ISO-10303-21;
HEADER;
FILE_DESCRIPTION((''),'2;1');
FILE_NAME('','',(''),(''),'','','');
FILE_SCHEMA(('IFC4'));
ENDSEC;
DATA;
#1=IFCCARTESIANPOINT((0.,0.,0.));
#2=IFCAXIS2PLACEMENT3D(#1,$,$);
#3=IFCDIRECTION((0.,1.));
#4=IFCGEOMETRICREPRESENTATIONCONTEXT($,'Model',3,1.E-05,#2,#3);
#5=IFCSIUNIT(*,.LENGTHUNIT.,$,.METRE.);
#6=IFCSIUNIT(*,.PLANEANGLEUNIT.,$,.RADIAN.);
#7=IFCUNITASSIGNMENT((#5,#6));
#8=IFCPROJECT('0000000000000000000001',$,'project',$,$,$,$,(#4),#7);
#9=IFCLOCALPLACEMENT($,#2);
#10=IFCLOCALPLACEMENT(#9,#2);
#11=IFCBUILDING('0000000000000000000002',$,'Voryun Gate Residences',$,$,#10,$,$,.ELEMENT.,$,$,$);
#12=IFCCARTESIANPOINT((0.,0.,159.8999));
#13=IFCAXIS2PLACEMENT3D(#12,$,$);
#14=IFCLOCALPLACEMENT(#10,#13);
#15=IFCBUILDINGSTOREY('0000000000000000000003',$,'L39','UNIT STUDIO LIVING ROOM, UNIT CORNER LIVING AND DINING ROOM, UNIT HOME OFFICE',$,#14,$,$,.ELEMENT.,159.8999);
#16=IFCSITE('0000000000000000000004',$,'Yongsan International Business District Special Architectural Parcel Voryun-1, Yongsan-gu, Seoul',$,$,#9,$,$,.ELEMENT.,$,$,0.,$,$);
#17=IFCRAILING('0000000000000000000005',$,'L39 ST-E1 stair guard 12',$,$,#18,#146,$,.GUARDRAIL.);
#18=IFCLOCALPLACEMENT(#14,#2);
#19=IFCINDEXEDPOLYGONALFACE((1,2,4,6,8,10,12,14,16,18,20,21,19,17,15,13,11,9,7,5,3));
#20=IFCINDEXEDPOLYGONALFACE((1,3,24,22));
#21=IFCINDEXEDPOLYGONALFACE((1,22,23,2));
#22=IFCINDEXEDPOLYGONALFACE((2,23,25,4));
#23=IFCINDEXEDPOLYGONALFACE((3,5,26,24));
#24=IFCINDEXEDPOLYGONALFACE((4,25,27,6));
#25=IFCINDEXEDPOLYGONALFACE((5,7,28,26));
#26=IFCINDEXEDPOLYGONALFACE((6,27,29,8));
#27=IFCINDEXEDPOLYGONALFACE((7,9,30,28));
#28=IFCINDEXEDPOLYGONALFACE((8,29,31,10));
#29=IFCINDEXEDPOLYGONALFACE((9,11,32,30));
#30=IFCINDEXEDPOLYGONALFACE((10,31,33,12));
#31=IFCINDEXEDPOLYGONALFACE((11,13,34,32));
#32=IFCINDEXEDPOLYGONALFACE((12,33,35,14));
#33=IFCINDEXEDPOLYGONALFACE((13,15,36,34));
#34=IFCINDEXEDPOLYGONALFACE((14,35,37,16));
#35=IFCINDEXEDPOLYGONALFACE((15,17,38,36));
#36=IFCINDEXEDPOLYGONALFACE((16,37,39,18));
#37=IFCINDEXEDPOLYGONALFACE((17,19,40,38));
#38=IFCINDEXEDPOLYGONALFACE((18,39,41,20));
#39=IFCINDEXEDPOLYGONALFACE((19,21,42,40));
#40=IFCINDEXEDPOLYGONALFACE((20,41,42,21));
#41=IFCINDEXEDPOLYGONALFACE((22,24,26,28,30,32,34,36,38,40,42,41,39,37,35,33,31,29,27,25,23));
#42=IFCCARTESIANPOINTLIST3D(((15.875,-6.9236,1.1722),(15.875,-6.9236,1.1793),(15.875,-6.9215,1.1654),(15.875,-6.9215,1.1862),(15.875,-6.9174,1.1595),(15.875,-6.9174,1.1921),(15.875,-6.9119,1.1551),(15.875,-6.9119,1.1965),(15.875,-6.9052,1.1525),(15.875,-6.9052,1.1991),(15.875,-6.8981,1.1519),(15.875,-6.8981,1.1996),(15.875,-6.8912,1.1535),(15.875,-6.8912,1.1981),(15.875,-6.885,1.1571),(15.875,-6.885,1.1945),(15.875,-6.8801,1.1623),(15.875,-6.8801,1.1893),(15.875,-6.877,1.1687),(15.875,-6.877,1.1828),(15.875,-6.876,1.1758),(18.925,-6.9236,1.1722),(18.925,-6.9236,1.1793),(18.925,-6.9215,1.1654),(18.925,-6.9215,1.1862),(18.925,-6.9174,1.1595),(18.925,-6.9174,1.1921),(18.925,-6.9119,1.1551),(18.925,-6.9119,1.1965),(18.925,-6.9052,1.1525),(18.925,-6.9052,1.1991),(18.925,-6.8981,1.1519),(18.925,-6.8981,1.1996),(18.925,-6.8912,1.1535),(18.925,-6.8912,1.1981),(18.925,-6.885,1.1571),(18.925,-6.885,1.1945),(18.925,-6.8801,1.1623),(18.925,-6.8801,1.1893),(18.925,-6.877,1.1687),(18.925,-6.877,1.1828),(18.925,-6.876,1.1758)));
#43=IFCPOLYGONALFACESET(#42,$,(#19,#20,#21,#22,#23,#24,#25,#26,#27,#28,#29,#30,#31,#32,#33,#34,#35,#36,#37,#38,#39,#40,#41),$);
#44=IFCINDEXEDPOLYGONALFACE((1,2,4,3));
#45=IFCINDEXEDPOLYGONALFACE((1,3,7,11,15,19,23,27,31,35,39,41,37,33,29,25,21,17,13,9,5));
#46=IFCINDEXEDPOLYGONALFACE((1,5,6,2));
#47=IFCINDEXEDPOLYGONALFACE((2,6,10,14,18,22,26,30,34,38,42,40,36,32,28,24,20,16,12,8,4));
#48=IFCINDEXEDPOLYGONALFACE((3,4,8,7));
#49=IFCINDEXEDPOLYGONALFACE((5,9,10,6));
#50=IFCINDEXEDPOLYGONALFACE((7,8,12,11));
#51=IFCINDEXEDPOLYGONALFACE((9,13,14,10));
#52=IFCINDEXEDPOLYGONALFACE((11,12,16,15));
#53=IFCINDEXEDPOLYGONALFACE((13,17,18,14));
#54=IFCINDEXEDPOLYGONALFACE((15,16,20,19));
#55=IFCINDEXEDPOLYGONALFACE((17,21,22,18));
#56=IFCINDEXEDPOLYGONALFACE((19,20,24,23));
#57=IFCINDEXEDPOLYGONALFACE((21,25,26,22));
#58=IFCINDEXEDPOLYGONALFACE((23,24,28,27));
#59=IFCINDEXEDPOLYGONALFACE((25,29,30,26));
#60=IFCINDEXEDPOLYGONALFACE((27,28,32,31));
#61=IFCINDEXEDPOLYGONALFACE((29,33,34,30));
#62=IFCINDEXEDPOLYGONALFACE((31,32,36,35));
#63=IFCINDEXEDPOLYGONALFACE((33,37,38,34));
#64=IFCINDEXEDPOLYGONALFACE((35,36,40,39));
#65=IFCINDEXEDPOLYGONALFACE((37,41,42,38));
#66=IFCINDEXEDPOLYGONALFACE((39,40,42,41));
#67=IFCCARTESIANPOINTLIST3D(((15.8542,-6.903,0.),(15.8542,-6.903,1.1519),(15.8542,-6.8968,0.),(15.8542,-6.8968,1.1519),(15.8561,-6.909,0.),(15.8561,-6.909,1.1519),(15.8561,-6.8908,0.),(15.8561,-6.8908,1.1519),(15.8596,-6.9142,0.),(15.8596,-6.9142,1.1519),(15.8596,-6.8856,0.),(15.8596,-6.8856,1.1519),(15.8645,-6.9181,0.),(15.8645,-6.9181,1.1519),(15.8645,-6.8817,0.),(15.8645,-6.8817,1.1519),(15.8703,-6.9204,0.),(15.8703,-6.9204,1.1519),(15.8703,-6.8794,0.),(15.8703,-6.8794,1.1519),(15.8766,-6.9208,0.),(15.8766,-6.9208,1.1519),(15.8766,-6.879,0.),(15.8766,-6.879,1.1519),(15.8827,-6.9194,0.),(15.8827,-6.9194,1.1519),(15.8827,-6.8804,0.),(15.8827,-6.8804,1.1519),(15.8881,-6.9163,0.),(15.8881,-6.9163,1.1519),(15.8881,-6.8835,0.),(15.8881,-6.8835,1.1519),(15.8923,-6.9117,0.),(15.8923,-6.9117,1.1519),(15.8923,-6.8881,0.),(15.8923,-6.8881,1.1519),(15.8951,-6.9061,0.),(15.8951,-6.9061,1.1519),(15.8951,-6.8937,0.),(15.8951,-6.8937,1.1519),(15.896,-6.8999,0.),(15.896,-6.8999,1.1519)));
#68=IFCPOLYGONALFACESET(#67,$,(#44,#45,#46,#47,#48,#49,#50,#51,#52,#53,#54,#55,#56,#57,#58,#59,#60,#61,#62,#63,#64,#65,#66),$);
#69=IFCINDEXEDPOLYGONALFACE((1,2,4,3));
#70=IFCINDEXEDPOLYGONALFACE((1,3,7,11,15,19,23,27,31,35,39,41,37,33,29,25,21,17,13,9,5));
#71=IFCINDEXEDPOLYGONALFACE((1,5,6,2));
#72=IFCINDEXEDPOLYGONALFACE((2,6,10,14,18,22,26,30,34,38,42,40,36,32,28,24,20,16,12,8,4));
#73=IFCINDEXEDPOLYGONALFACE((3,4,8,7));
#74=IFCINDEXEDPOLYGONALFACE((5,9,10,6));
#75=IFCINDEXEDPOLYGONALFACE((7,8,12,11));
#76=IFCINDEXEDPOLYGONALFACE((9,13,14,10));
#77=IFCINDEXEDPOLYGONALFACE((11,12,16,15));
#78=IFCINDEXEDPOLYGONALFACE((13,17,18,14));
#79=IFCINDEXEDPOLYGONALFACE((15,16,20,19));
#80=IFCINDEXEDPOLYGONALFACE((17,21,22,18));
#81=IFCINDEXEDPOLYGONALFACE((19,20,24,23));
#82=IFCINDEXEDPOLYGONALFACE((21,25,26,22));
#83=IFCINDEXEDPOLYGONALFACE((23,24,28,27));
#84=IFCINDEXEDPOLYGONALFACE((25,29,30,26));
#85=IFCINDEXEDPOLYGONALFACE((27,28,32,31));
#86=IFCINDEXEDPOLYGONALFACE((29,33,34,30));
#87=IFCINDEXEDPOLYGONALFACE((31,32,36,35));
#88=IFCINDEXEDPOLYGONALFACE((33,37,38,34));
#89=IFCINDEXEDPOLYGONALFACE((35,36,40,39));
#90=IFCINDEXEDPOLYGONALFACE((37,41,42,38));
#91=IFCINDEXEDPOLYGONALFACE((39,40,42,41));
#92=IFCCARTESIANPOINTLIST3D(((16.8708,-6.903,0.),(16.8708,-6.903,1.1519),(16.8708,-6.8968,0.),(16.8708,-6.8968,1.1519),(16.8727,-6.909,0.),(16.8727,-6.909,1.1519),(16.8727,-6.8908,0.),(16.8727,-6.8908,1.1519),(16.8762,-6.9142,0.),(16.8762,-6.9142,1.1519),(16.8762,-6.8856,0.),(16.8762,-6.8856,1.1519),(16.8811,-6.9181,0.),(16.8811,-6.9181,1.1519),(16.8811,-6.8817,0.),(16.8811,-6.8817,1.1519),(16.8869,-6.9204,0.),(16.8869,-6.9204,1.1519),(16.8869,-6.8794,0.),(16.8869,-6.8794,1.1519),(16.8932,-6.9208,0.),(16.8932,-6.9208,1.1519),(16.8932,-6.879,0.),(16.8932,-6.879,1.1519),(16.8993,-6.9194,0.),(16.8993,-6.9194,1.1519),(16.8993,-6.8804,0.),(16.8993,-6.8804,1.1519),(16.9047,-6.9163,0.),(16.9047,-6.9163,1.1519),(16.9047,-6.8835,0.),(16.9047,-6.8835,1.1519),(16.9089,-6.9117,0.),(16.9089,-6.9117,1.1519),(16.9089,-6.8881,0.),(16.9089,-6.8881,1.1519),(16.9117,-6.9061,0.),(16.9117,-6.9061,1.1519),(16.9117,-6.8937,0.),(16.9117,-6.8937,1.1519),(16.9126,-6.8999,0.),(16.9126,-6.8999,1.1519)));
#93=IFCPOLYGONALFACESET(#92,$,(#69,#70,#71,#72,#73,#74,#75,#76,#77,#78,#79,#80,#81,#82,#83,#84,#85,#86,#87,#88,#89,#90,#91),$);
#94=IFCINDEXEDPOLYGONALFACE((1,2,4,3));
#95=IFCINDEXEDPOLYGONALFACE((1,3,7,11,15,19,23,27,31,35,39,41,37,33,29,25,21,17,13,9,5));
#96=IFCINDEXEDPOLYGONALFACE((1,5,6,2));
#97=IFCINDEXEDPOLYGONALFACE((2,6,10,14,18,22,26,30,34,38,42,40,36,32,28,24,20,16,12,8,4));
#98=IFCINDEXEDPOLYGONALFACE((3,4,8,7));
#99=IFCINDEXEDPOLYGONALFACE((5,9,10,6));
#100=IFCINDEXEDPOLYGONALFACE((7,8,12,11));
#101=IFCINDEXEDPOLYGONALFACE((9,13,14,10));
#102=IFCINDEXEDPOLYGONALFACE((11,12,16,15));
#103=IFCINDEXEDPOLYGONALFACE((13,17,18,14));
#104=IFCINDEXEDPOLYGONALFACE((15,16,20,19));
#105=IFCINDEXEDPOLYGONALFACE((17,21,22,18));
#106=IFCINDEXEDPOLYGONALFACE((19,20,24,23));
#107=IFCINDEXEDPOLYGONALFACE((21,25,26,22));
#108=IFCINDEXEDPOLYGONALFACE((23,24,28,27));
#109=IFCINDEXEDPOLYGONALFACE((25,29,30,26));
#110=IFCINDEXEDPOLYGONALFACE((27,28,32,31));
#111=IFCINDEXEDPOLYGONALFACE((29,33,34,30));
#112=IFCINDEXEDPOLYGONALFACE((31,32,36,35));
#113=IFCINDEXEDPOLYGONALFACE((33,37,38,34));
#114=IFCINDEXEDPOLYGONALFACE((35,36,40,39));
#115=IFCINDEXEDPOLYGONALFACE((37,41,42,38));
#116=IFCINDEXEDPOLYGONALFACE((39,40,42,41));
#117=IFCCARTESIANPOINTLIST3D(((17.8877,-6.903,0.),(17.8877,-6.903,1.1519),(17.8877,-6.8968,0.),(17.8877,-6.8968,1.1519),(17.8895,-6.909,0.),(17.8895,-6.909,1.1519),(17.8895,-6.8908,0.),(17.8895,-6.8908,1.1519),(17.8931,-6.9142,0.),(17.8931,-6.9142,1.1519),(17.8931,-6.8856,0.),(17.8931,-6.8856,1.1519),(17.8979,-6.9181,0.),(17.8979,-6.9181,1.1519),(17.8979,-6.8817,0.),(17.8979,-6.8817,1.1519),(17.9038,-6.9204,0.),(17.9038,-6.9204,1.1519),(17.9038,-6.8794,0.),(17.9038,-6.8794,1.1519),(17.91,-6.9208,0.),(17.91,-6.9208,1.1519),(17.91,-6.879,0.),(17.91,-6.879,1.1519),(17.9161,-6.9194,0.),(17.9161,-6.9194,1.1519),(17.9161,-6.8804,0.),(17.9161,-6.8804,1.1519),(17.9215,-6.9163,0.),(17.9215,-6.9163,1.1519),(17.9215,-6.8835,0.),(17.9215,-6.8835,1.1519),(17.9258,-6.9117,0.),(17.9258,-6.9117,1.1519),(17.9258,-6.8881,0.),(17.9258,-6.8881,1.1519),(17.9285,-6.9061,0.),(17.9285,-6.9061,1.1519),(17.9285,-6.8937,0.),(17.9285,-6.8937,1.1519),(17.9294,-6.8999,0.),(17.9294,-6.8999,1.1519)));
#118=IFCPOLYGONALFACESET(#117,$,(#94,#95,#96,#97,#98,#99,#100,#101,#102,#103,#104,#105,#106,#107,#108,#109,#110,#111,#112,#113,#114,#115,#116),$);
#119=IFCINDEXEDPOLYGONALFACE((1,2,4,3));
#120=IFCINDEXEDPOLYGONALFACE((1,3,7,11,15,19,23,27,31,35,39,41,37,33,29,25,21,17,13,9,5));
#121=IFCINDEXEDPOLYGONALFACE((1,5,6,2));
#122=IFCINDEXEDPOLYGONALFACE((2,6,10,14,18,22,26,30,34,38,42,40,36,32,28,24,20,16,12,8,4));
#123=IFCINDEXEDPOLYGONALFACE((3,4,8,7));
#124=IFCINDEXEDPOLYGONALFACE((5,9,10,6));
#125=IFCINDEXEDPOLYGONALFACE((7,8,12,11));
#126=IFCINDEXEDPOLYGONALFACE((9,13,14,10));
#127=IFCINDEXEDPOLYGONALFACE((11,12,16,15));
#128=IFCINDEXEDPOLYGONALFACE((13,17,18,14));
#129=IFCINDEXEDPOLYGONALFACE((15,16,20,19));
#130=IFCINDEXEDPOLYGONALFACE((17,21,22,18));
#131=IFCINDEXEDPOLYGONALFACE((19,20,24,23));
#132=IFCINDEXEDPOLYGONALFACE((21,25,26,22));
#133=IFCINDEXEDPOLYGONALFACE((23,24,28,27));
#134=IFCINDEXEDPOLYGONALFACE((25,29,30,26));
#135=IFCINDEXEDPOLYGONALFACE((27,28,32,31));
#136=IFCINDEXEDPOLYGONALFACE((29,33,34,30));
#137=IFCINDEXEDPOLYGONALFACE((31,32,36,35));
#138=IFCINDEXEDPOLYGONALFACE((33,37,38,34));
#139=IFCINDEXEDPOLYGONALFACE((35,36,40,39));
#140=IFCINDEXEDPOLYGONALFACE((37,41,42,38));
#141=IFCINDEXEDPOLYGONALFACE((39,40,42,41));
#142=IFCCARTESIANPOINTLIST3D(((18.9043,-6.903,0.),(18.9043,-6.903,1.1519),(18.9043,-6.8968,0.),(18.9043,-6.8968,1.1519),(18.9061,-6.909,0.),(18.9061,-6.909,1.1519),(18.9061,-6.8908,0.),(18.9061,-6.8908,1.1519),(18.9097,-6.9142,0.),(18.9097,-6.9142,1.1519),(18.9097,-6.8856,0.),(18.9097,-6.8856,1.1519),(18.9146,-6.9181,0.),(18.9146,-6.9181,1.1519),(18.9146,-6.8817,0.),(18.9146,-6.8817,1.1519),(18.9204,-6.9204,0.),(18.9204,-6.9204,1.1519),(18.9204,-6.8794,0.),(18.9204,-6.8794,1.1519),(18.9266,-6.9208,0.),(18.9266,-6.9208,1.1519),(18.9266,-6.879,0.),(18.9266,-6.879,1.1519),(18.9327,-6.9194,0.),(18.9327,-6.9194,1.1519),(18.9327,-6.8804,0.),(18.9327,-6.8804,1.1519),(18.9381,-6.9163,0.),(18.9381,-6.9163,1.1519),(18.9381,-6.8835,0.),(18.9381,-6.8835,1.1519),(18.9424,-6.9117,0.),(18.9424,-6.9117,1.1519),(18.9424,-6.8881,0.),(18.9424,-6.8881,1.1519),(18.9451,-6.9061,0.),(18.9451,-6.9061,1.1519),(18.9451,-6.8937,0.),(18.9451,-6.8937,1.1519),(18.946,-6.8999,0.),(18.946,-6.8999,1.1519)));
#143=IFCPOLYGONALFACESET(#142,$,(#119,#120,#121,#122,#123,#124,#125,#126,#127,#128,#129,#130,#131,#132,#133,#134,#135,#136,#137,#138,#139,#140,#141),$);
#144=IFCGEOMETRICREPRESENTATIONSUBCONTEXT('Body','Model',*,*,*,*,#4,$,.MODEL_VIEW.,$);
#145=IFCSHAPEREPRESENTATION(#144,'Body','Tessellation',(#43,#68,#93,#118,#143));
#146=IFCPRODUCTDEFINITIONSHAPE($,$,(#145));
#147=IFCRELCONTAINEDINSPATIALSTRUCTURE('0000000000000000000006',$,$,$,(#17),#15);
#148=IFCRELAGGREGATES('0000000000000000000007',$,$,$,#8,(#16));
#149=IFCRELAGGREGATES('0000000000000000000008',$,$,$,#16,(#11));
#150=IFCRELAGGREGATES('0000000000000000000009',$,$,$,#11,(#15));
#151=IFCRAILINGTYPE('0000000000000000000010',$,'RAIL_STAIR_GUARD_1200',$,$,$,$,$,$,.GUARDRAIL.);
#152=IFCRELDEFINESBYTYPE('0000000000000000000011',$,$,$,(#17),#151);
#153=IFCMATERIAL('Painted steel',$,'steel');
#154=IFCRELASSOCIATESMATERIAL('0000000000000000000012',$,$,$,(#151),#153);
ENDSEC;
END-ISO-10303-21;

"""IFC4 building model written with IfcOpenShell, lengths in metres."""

from ifc_helpers import new_model, si_unit, direction, frame, origin, origin_2d, place, context, subcontext, project, spatial, circle, extrude, material, type_object, element, save


model = new_model("IFC4")

# Units and contexts
model_context = context("Model", 3, precision=1e-05, world=origin(), true_north=direction((0.0, 1.0)))
body_context = subcontext(model_context, "Body", "Model", "MODEL_VIEW")
ifc_project = project(units=[si_unit("LENGTHUNIT", "METRE"), si_unit("PLANEANGLEUNIT", "RADIAN")], contexts=[model_context])

# Site, building, storey
site_placement = place(None, origin())
site = spatial("IfcSite", under=ifc_project, at=site_placement, Name="Yongsan International Business District Special Architectural Parcel Voryun-1, Yongsan-gu, Seoul", CompositionType="ELEMENT", RefElevation=0.0)
building_placement = place(site_placement, origin())
building = spatial("IfcBuilding", under=site, at=building_placement, Name="Voryun Gate Residences", CompositionType="ELEMENT")
storey_placement = place(building_placement, frame((0.0, 0.0, 159.8999)))
storey = spatial("IfcBuildingStorey", under=building, at=storey_placement, Name="L39", Description="UNIT STUDIO LIVING ROOM, UNIT CORNER LIVING AND DINING ROOM, UNIT HOME OFFICE", CompositionType="ELEMENT", Elevation=159.8999)

# Railing
ifc_material_1 = material(Name="Painted steel", Category="steel")
railing_type_1 = type_object("IfcRailingType", Name="RAIL_STAIR_GUARD_1200", PredefinedType="GUARDRAIL", material=ifc_material_1)
railing_1_placement = place(storey_placement, frame((15.875, -6.8999, 0.0)))
element("IfcRailing", 1, at=railing_1_placement, inside=storey, type_object=railing_type_1, Name="L39 ST-E1 stair guard 12", PredefinedType="GUARDRAIL", context=body_context, shape_type="SweptSolid", body=[
    extrude(circle(Radius=0.0239, at=origin_2d()), frame((0.0, 0.0, 1.1758), z_axis=(1.0, 0.0, 0.0), x_axis=(0.0, 1.0, 0.0)), (0.0, 0.0, 1.0), 3.05),
    extrude(circle(Radius=0.021, at=origin_2d()), origin(), (0.0, 0.0, 1.0), 1.1519),
    extrude(circle(Radius=0.021, at=origin_2d()), frame((1.0166, 0.0, 0.0)), (0.0, 0.0, 1.0), 1.1519),
    extrude(circle(Radius=0.021, at=origin_2d()), frame((2.0334, 0.0, 0.0)), (0.0, 0.0, 1.0), 1.1519),
    extrude(circle(Radius=0.021, at=origin_2d()), frame((3.05, 0.0, 0.0)), (0.0, 0.0, 1.0), 1.1519),
])

save(model, "model.ifc")
